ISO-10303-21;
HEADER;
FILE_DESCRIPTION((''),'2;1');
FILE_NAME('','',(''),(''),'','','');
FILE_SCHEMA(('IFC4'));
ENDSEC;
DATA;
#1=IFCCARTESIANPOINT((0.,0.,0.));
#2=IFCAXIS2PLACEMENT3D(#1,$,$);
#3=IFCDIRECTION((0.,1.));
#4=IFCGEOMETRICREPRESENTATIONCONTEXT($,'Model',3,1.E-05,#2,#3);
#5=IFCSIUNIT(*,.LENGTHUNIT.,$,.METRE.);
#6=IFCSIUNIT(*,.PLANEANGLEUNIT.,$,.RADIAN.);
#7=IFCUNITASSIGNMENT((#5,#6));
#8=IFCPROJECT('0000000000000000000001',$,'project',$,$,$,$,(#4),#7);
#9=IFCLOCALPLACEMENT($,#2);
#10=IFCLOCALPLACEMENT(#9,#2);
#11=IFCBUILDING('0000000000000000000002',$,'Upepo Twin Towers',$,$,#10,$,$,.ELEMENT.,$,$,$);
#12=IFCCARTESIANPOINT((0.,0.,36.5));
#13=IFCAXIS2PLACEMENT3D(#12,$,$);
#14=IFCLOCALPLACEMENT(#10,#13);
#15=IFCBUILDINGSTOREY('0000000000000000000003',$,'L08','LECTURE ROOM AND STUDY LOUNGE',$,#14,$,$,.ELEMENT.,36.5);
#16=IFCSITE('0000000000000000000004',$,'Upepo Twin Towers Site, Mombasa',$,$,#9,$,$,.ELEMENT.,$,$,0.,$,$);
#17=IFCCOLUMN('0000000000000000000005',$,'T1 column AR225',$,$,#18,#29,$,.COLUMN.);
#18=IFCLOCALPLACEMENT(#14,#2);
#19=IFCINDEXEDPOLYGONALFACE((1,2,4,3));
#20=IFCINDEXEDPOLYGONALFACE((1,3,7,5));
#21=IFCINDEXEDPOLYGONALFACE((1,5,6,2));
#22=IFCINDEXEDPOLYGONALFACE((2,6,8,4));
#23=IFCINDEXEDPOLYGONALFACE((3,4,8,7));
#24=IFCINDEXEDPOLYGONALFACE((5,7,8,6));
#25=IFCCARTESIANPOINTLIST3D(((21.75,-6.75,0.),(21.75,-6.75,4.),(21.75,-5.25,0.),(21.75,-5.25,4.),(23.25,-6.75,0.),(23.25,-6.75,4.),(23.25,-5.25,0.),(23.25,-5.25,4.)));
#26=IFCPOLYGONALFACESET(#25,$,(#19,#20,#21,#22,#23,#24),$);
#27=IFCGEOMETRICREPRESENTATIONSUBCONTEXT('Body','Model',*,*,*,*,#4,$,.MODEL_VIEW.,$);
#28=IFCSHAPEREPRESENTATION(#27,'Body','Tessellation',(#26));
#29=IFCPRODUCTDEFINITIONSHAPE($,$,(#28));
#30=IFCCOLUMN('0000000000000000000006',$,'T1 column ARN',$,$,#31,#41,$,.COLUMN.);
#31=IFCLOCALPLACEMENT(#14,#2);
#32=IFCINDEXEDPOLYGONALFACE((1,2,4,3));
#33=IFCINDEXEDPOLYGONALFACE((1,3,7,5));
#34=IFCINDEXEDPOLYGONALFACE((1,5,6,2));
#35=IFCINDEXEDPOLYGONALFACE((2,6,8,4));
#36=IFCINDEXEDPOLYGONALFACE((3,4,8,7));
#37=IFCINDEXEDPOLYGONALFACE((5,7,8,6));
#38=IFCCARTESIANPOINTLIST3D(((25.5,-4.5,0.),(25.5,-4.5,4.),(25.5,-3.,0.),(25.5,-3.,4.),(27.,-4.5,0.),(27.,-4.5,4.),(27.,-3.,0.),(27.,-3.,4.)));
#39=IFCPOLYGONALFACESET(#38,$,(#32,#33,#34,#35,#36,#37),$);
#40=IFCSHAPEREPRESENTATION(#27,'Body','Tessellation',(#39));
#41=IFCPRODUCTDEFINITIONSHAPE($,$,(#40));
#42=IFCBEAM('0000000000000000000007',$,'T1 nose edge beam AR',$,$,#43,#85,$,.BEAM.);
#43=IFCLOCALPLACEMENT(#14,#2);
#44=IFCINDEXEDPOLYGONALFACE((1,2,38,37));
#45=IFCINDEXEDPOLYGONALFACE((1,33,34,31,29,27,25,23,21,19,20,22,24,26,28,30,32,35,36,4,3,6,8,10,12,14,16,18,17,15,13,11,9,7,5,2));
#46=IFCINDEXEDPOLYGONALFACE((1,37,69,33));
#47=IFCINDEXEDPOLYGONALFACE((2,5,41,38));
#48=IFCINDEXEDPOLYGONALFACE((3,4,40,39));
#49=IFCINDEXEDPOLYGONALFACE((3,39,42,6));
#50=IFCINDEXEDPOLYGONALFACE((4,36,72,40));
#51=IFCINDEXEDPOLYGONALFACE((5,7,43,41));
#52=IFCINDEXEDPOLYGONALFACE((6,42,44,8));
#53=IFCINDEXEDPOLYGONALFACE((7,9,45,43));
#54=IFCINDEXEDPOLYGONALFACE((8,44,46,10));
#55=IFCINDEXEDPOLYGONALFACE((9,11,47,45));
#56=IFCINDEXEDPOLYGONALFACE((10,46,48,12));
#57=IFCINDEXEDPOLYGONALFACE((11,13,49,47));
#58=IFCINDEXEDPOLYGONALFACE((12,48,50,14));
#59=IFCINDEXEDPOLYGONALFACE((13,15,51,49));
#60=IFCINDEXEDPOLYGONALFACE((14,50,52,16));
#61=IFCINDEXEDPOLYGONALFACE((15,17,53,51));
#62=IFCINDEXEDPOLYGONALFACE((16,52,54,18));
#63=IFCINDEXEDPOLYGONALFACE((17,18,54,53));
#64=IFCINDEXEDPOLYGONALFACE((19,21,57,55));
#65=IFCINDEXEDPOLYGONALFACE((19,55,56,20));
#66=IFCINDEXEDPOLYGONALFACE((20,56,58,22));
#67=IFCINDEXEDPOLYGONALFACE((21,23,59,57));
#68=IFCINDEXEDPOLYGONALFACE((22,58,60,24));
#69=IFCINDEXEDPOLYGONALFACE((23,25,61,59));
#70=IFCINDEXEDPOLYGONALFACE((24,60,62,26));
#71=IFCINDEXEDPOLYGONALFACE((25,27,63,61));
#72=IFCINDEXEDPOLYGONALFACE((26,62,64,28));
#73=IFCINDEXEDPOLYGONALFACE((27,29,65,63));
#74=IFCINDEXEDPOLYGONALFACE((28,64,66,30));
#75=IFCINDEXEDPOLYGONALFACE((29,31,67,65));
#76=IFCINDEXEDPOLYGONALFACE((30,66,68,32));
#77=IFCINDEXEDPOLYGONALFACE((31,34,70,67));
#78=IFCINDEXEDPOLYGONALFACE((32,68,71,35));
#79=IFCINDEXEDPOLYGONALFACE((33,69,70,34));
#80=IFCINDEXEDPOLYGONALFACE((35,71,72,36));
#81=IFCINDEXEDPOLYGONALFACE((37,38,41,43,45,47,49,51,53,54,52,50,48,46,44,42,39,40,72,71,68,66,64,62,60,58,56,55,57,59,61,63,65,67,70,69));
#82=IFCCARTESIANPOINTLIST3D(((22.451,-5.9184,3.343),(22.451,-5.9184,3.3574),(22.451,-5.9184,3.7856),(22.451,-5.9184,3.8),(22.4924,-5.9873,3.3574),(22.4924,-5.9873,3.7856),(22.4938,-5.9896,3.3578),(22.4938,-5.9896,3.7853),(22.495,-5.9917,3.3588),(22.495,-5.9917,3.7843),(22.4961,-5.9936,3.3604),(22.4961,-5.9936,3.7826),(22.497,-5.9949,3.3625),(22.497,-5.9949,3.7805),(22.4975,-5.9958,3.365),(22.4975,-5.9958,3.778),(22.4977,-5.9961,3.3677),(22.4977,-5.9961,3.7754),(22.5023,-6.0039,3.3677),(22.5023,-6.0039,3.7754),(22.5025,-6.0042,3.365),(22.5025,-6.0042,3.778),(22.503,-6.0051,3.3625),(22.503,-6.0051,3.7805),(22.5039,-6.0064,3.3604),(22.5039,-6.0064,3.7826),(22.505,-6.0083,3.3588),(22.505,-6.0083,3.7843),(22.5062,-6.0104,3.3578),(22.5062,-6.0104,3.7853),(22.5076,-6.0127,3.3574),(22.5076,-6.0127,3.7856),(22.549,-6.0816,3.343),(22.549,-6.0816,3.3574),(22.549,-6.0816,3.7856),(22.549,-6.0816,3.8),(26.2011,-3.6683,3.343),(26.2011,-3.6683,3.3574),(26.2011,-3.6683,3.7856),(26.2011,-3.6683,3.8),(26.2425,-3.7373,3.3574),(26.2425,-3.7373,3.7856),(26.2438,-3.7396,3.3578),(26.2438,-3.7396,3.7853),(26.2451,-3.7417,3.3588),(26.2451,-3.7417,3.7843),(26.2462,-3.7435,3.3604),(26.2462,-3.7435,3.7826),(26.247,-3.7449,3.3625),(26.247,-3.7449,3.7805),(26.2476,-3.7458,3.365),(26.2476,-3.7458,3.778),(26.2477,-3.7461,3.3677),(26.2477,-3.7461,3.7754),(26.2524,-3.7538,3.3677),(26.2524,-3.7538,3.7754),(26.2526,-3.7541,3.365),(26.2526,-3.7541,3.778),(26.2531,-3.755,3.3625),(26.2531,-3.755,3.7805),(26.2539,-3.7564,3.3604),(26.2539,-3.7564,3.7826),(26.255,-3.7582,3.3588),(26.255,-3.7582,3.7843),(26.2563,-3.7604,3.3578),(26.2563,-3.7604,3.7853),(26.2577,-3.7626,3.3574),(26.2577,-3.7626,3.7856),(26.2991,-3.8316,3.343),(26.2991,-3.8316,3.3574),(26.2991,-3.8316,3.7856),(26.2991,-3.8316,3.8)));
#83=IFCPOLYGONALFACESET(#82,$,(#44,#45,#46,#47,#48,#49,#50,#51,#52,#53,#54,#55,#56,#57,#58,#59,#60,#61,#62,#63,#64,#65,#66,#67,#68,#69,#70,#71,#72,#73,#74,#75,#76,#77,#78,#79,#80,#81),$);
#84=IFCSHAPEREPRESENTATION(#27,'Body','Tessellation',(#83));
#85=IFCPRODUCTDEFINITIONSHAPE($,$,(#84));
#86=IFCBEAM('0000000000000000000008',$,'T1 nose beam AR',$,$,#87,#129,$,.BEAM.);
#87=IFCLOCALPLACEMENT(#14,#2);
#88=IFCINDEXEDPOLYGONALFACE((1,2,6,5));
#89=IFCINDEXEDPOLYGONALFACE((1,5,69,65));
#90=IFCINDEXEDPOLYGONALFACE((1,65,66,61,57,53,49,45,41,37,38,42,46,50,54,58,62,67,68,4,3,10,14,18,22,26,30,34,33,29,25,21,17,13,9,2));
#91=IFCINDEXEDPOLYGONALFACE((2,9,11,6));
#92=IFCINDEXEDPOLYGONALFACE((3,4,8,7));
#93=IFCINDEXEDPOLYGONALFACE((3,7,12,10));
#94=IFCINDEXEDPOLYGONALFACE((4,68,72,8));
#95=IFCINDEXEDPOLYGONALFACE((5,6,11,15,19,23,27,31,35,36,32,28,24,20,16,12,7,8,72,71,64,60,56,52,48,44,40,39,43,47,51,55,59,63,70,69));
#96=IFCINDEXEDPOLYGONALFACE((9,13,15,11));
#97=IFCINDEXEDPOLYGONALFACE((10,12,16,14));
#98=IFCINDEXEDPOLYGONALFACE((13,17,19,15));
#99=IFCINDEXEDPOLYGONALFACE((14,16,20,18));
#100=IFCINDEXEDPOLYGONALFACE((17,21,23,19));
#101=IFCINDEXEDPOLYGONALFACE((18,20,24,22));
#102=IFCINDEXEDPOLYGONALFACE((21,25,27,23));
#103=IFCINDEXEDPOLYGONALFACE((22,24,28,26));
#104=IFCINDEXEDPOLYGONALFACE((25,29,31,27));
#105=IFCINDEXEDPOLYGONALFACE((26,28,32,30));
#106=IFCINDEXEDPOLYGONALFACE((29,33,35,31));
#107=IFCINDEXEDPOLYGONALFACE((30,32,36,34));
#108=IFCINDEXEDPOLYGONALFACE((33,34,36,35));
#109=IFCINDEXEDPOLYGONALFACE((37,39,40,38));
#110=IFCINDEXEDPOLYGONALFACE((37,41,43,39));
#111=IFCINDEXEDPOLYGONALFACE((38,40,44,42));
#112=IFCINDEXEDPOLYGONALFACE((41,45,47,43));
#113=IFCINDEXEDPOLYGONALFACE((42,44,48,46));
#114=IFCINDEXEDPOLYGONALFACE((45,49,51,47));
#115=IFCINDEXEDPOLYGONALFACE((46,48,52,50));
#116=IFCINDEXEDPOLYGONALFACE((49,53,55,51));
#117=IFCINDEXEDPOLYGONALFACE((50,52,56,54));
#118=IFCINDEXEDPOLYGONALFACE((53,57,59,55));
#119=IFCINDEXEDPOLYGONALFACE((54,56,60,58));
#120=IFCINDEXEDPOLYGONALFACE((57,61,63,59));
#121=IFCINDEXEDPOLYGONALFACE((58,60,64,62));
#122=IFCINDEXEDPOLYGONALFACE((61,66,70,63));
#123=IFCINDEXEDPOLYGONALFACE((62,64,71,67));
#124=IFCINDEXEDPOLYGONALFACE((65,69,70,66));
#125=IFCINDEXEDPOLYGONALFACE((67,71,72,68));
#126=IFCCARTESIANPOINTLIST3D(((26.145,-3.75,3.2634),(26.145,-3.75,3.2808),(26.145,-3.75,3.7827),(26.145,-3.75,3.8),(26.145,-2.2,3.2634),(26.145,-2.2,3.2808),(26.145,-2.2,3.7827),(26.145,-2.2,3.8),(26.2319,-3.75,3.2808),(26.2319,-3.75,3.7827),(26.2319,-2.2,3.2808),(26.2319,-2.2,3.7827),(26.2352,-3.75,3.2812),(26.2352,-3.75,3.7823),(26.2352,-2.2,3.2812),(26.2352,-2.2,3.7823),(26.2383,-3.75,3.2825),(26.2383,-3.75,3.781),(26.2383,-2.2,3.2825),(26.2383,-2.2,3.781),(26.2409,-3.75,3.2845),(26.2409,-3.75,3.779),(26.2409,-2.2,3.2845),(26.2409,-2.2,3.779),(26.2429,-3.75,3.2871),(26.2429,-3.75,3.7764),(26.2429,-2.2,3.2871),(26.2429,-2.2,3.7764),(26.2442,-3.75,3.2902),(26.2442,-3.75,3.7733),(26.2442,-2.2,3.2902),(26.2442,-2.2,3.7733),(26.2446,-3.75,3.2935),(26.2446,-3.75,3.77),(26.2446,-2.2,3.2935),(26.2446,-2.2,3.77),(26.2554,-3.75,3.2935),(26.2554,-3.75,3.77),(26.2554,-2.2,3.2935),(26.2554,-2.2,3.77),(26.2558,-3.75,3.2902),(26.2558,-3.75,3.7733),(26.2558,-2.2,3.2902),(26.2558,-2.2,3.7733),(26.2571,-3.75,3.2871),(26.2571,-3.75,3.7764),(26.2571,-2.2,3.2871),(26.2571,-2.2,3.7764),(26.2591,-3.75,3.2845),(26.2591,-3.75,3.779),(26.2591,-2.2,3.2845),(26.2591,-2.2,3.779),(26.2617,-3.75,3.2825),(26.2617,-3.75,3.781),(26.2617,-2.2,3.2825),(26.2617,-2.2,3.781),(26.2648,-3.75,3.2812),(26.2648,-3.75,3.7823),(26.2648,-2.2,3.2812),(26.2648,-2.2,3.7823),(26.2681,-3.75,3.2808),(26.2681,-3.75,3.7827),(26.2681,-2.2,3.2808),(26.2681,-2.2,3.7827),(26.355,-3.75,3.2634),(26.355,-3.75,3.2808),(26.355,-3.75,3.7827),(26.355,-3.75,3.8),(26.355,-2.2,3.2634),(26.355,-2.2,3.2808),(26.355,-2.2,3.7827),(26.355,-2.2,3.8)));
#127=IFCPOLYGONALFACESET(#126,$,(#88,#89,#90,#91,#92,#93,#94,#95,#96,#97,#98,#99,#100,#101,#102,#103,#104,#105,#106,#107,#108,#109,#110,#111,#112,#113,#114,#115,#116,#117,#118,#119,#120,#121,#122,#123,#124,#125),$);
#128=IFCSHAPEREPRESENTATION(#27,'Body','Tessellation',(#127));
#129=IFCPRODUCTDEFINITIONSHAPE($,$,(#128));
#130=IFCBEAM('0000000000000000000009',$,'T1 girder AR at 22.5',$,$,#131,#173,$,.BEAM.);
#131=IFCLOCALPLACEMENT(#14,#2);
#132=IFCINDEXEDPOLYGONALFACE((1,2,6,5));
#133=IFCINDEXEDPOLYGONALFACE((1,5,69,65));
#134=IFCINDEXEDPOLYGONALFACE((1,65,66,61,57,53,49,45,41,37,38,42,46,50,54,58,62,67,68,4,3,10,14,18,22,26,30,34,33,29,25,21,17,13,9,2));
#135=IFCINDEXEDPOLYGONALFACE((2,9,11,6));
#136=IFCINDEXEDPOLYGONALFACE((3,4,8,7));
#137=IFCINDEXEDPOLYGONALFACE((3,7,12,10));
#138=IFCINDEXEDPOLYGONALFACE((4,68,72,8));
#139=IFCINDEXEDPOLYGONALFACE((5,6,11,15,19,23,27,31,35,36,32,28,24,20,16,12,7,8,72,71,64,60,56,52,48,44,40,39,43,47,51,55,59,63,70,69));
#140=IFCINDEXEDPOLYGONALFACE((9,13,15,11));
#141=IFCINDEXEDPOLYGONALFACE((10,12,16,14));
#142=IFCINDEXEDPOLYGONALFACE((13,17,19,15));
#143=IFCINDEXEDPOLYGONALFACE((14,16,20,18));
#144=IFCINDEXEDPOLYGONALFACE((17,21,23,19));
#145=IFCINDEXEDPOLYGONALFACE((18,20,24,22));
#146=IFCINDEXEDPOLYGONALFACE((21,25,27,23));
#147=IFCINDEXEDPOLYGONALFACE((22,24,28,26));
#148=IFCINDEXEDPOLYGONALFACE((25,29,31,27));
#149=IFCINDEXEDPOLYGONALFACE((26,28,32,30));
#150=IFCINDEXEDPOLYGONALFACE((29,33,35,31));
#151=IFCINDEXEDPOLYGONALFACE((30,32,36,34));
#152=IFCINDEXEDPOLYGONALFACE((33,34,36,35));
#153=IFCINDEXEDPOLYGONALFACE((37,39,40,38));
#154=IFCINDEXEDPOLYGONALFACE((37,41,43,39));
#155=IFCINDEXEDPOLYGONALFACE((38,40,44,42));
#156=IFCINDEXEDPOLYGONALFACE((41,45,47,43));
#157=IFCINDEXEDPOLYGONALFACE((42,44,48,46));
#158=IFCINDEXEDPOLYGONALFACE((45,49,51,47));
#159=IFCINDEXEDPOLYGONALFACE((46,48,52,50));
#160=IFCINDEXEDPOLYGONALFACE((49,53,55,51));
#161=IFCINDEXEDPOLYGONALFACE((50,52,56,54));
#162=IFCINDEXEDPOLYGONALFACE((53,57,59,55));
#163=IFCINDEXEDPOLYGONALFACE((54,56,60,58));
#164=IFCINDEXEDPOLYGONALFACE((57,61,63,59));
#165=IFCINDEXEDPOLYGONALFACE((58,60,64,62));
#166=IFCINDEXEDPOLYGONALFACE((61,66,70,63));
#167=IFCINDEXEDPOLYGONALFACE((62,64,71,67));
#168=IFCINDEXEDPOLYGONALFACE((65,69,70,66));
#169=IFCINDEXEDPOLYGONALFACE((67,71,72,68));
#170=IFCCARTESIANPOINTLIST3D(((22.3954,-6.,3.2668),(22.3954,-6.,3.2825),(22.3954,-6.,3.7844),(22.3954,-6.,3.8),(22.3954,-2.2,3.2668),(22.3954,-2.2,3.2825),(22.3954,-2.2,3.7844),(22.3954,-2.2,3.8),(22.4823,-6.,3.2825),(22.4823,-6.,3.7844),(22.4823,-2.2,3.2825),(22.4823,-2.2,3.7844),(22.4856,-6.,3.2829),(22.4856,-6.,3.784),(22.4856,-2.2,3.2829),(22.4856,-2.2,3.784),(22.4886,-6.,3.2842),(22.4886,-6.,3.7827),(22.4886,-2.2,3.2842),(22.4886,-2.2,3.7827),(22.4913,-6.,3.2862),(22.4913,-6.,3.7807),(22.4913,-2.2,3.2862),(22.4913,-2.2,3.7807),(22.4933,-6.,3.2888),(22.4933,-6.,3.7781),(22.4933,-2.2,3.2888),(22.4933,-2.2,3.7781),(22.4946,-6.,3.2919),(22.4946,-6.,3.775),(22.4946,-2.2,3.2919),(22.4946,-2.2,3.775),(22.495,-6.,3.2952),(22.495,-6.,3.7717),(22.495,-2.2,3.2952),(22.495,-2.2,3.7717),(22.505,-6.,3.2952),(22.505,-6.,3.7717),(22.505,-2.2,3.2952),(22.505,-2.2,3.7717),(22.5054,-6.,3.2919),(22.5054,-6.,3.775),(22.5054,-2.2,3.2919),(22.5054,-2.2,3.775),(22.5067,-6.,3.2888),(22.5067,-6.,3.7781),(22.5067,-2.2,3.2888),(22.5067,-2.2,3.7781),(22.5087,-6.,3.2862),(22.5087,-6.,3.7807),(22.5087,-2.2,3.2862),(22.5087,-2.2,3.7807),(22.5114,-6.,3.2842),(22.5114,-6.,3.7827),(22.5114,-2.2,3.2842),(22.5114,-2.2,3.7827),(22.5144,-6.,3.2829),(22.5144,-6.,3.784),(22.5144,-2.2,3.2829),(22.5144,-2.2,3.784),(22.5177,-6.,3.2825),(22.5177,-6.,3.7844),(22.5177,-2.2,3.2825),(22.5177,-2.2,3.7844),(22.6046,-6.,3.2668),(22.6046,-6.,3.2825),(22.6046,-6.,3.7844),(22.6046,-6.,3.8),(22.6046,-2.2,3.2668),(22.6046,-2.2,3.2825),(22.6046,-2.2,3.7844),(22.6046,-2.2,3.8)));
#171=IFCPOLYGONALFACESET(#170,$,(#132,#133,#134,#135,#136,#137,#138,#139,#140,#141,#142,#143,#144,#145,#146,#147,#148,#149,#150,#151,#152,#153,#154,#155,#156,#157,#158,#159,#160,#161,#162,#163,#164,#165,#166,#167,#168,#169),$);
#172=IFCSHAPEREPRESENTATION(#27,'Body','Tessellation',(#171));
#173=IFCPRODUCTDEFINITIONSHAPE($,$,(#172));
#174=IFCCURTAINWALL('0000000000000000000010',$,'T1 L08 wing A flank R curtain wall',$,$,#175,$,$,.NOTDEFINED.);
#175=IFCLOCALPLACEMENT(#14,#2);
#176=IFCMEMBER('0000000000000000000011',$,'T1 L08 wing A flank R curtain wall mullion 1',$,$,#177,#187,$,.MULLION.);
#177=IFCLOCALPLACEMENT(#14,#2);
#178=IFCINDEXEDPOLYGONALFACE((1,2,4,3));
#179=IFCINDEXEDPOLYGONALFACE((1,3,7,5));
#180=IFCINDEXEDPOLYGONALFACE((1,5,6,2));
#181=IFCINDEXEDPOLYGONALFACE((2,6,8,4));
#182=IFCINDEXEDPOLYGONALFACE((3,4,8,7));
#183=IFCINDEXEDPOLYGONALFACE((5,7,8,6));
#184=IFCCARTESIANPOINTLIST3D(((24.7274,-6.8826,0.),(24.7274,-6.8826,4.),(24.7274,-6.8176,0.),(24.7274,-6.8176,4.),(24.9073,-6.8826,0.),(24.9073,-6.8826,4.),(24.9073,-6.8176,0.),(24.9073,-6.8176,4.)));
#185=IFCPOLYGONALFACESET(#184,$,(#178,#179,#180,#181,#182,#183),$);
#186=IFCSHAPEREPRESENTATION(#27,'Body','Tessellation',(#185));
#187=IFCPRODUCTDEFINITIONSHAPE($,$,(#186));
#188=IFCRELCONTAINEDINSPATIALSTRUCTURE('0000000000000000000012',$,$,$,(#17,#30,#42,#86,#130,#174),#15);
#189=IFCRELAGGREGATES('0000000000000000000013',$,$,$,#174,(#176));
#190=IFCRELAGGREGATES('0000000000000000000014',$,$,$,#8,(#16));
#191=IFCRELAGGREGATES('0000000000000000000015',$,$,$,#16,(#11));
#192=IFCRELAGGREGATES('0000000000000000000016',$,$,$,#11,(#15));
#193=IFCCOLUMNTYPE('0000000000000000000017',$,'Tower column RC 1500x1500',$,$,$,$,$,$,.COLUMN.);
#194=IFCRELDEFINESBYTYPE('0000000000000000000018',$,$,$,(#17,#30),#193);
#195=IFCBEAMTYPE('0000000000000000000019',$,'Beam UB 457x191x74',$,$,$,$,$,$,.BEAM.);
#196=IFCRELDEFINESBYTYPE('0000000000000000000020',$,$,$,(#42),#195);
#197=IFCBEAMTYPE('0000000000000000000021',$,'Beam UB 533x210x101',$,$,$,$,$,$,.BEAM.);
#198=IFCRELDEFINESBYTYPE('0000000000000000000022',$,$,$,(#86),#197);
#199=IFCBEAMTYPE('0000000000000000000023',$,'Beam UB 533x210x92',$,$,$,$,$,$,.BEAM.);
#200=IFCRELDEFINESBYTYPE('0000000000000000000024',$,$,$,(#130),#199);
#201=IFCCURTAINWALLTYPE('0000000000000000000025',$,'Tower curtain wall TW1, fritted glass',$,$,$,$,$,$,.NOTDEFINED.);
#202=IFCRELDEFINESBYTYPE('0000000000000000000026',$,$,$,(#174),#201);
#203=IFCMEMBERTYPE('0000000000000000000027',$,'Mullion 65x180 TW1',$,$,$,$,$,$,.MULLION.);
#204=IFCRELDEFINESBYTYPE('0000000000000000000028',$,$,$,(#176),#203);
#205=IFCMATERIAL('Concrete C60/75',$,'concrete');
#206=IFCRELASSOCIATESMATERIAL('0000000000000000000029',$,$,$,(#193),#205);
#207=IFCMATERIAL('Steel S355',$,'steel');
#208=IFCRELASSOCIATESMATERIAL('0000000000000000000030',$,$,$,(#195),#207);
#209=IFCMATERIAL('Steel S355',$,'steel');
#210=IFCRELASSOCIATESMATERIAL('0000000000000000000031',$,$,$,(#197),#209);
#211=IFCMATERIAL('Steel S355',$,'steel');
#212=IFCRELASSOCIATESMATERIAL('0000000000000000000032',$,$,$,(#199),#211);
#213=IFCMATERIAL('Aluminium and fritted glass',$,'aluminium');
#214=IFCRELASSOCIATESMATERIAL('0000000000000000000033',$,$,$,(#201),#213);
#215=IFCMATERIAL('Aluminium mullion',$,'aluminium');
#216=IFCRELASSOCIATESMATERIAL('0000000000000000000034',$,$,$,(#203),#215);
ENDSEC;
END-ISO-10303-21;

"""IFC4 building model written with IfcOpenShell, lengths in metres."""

from ifc_helpers import new_model, si_unit, direction, frame, origin, origin_2d, place, context, subcontext, project, spatial, rectangle, i_section, extrude, material, material_profile, profile_set, type_object, element, aggregate, save


model = new_model("IFC4")

# Units and contexts
model_context = context("Model", 3, precision=1e-05, world=origin(), true_north=direction((0.0, 1.0)))
body_context = subcontext(model_context, "Body", "Model", "MODEL_VIEW")
ifc_project = project(units=[si_unit("LENGTHUNIT", "METRE"), si_unit("PLANEANGLEUNIT", "RADIAN")], contexts=[model_context])

# Site, building, storey
site_placement = place(None, origin())
site = spatial("IfcSite", under=ifc_project, at=site_placement, Name="Upepo Twin Towers Site, Mombasa", CompositionType="ELEMENT", RefElevation=0.0)
building_placement = place(site_placement, origin())
building = spatial("IfcBuilding", under=site, at=building_placement, Name="Upepo Twin Towers", CompositionType="ELEMENT")
storey_placement = place(building_placement, frame((0.0, 0.0, 36.5)))
storey = spatial("IfcBuildingStorey", under=building, at=storey_placement, Name="L08", Description="LECTURE ROOM AND STUDY LOUNGE", CompositionType="ELEMENT", Elevation=36.5)

# Columns
ifc_material_1 = material(Name="Concrete C60/75", Category="concrete")
ifc_material_profile_1 = material_profile(ifc_material_1, rectangle(XDim=1.5, YDim=1.5, at=origin_2d()), Name="RC 1500x1500")
ifc_profile_set_1 = profile_set([ifc_material_profile_1], Name="Concrete C60/75")
column_type = type_object("IfcColumnType", Name="Tower column RC 1500x1500", PredefinedType="COLUMN", material=ifc_profile_set_1)
for number, where, z_axis, x_axis, name in (
    (1, (22.5, -6.0, 0.0), (0.0, 0.0, 1.0), (1.0, 0.0, 0.0), "T1 column AR225"),
    (2, (26.25, -3.75, 0.0), (0.0, 0.0, 1.0), (1.0, 0.0, 0.0), "T1 column ARN"),
):
    element("IfcColumn", number, at=place(storey_placement, frame(where, z_axis=z_axis, x_axis=x_axis)), inside=storey, type_object=column_type, Name=name, PredefinedType="COLUMN", context=body_context, shape_type="SweptSolid", body=[
        extrude(rectangle(XDim=1.5, YDim=1.5, at=origin_2d()), origin(), (0.0, 0.0, 1.0), 4.0),
    ])

# Beams
ifc_material_2 = material(Name="Steel S355", Category="steel")
ifc_material_profile_2 = material_profile(ifc_material_2, i_section(OverallWidth=0.1904, OverallDepth=0.457, WebThickness=0.009, FlangeThickness=0.0144, FilletRadius=0.0103, at=origin_2d()), Name="UB 457x191x74")
ifc_profile_set_2 = profile_set([ifc_material_profile_2], Name="Steel S355")
beam_type_1 = type_object("IfcBeamType", Name="Beam UB 457x191x74", PredefinedType="BEAM", material=ifc_profile_set_2)
beam_1_placement = place(storey_placement, frame((22.5, -6.0, 3.5715), z_axis=(0.857493, 0.514496, 0.0), x_axis=(-0.514496, 0.857493, 0.0)))
element("IfcBeam", 3, at=beam_1_placement, inside=storey, type_object=beam_type_1, Name="T1 nose edge beam AR", PredefinedType="BEAM", context=body_context, shape_type="SweptSolid", body=[
    extrude(i_section(OverallWidth=0.1904, OverallDepth=0.457, WebThickness=0.009, FlangeThickness=0.0144, FilletRadius=0.0103, at=origin_2d()), origin(), (0.0, 0.0, 1.0), 4.3733),
])
ifc_material_3 = material(Name="Steel S355", Category="steel")
ifc_material_profile_3 = material_profile(ifc_material_3, i_section(OverallWidth=0.21, OverallDepth=0.5366, WebThickness=0.0107, FlangeThickness=0.0173, FilletRadius=0.0127, at=origin_2d()), Name="UB 533x210x101")
ifc_profile_set_3 = profile_set([ifc_material_profile_3], Name="Steel S355")
beam_type_2 = type_object("IfcBeamType", Name="Beam UB 533x210x101", PredefinedType="BEAM", material=ifc_profile_set_3)
beam_2_placement = place(storey_placement, frame((26.25, -3.75, 3.5317), z_axis=(0.0, 1.0, 0.0), x_axis=(-1.0, 0.0, 0.0)))
element("IfcBeam", 4, at=beam_2_placement, inside=storey, type_object=beam_type_2, Name="T1 nose beam AR", PredefinedType="BEAM", context=body_context, shape_type="SweptSolid", body=[
    extrude(i_section(OverallWidth=0.21, OverallDepth=0.5366, WebThickness=0.0107, FlangeThickness=0.0173, FilletRadius=0.0127, at=origin_2d()), origin(), (0.0, 0.0, 1.0), 1.55),
])
ifc_material_4 = material(Name="Steel S355", Category="steel")
ifc_material_profile_4 = material_profile(ifc_material_4, i_section(OverallWidth=0.2092, OverallDepth=0.5332, WebThickness=0.01, FlangeThickness=0.0156, FilletRadius=0.0127, at=origin_2d()), Name="UB 533x210x92")
ifc_profile_set_4 = profile_set([ifc_material_profile_4], Name="Steel S355")
beam_type_3 = type_object("IfcBeamType", Name="Beam UB 533x210x92", PredefinedType="BEAM", material=ifc_profile_set_4)
beam_3_placement = place(storey_placement, frame((22.5, -6.0, 3.5334), z_axis=(0.0, 1.0, 0.0), x_axis=(-1.0, 0.0, 0.0)))
element("IfcBeam", 5, at=beam_3_placement, inside=storey, type_object=beam_type_3, Name="T1 girder AR at 22.5", PredefinedType="BEAM", context=body_context, shape_type="SweptSolid", body=[
    extrude(i_section(OverallWidth=0.2092, OverallDepth=0.5332, WebThickness=0.01, FlangeThickness=0.0156, FilletRadius=0.0127, at=origin_2d()), origin(), (0.0, 0.0, 1.0), 3.8),
])

# Curtain wall, member
ifc_material_5 = material(Name="Aluminium and fritted glass", Category="aluminium")
curtain_wall_type = type_object("IfcCurtainWallType", Name="Tower curtain wall TW1, fritted glass", PredefinedType="NOTDEFINED", material=ifc_material_5)
curtain_wall_1_placement = place(storey_placement, origin())
curtain_wall_1 = element("IfcCurtainWall", 6, at=curtain_wall_1_placement, inside=storey, type_object=curtain_wall_type, Name="T1 L08 wing A flank R curtain wall", PredefinedType="NOTDEFINED")
ifc_material_6 = material(Name="Aluminium mullion", Category="aluminium")
ifc_material_profile_5 = material_profile(ifc_material_6, rectangle(XDim=0.0649, YDim=0.1799, at=origin_2d()), Name="MULLION 65x180")
ifc_profile_set_5 = profile_set([ifc_material_profile_5], Name="Aluminium mullion")
member_type_1 = type_object("IfcMemberType", Name="Mullion 65x180 TW1", PredefinedType="MULLION", material=ifc_profile_set_5)
member_1_placement = place(storey_placement, frame((24.8174, -6.8501, 0.0), z_axis=(0.0, 0.0, 1.0), x_axis=(0.0, -1.0, 0.0)))
member_1 = element("IfcMember", 7, at=member_1_placement, type_object=member_type_1, Name="T1 L08 wing A flank R curtain wall mullion 1", PredefinedType="MULLION", context=body_context, shape_type="SweptSolid", body=[
    extrude(rectangle(XDim=0.0649, YDim=0.1799, at=origin_2d()), origin(), (0.0, 0.0, 1.0), 4.0),
])

aggregate(curtain_wall_1, [member_1])

save(model, "model.ifc")
